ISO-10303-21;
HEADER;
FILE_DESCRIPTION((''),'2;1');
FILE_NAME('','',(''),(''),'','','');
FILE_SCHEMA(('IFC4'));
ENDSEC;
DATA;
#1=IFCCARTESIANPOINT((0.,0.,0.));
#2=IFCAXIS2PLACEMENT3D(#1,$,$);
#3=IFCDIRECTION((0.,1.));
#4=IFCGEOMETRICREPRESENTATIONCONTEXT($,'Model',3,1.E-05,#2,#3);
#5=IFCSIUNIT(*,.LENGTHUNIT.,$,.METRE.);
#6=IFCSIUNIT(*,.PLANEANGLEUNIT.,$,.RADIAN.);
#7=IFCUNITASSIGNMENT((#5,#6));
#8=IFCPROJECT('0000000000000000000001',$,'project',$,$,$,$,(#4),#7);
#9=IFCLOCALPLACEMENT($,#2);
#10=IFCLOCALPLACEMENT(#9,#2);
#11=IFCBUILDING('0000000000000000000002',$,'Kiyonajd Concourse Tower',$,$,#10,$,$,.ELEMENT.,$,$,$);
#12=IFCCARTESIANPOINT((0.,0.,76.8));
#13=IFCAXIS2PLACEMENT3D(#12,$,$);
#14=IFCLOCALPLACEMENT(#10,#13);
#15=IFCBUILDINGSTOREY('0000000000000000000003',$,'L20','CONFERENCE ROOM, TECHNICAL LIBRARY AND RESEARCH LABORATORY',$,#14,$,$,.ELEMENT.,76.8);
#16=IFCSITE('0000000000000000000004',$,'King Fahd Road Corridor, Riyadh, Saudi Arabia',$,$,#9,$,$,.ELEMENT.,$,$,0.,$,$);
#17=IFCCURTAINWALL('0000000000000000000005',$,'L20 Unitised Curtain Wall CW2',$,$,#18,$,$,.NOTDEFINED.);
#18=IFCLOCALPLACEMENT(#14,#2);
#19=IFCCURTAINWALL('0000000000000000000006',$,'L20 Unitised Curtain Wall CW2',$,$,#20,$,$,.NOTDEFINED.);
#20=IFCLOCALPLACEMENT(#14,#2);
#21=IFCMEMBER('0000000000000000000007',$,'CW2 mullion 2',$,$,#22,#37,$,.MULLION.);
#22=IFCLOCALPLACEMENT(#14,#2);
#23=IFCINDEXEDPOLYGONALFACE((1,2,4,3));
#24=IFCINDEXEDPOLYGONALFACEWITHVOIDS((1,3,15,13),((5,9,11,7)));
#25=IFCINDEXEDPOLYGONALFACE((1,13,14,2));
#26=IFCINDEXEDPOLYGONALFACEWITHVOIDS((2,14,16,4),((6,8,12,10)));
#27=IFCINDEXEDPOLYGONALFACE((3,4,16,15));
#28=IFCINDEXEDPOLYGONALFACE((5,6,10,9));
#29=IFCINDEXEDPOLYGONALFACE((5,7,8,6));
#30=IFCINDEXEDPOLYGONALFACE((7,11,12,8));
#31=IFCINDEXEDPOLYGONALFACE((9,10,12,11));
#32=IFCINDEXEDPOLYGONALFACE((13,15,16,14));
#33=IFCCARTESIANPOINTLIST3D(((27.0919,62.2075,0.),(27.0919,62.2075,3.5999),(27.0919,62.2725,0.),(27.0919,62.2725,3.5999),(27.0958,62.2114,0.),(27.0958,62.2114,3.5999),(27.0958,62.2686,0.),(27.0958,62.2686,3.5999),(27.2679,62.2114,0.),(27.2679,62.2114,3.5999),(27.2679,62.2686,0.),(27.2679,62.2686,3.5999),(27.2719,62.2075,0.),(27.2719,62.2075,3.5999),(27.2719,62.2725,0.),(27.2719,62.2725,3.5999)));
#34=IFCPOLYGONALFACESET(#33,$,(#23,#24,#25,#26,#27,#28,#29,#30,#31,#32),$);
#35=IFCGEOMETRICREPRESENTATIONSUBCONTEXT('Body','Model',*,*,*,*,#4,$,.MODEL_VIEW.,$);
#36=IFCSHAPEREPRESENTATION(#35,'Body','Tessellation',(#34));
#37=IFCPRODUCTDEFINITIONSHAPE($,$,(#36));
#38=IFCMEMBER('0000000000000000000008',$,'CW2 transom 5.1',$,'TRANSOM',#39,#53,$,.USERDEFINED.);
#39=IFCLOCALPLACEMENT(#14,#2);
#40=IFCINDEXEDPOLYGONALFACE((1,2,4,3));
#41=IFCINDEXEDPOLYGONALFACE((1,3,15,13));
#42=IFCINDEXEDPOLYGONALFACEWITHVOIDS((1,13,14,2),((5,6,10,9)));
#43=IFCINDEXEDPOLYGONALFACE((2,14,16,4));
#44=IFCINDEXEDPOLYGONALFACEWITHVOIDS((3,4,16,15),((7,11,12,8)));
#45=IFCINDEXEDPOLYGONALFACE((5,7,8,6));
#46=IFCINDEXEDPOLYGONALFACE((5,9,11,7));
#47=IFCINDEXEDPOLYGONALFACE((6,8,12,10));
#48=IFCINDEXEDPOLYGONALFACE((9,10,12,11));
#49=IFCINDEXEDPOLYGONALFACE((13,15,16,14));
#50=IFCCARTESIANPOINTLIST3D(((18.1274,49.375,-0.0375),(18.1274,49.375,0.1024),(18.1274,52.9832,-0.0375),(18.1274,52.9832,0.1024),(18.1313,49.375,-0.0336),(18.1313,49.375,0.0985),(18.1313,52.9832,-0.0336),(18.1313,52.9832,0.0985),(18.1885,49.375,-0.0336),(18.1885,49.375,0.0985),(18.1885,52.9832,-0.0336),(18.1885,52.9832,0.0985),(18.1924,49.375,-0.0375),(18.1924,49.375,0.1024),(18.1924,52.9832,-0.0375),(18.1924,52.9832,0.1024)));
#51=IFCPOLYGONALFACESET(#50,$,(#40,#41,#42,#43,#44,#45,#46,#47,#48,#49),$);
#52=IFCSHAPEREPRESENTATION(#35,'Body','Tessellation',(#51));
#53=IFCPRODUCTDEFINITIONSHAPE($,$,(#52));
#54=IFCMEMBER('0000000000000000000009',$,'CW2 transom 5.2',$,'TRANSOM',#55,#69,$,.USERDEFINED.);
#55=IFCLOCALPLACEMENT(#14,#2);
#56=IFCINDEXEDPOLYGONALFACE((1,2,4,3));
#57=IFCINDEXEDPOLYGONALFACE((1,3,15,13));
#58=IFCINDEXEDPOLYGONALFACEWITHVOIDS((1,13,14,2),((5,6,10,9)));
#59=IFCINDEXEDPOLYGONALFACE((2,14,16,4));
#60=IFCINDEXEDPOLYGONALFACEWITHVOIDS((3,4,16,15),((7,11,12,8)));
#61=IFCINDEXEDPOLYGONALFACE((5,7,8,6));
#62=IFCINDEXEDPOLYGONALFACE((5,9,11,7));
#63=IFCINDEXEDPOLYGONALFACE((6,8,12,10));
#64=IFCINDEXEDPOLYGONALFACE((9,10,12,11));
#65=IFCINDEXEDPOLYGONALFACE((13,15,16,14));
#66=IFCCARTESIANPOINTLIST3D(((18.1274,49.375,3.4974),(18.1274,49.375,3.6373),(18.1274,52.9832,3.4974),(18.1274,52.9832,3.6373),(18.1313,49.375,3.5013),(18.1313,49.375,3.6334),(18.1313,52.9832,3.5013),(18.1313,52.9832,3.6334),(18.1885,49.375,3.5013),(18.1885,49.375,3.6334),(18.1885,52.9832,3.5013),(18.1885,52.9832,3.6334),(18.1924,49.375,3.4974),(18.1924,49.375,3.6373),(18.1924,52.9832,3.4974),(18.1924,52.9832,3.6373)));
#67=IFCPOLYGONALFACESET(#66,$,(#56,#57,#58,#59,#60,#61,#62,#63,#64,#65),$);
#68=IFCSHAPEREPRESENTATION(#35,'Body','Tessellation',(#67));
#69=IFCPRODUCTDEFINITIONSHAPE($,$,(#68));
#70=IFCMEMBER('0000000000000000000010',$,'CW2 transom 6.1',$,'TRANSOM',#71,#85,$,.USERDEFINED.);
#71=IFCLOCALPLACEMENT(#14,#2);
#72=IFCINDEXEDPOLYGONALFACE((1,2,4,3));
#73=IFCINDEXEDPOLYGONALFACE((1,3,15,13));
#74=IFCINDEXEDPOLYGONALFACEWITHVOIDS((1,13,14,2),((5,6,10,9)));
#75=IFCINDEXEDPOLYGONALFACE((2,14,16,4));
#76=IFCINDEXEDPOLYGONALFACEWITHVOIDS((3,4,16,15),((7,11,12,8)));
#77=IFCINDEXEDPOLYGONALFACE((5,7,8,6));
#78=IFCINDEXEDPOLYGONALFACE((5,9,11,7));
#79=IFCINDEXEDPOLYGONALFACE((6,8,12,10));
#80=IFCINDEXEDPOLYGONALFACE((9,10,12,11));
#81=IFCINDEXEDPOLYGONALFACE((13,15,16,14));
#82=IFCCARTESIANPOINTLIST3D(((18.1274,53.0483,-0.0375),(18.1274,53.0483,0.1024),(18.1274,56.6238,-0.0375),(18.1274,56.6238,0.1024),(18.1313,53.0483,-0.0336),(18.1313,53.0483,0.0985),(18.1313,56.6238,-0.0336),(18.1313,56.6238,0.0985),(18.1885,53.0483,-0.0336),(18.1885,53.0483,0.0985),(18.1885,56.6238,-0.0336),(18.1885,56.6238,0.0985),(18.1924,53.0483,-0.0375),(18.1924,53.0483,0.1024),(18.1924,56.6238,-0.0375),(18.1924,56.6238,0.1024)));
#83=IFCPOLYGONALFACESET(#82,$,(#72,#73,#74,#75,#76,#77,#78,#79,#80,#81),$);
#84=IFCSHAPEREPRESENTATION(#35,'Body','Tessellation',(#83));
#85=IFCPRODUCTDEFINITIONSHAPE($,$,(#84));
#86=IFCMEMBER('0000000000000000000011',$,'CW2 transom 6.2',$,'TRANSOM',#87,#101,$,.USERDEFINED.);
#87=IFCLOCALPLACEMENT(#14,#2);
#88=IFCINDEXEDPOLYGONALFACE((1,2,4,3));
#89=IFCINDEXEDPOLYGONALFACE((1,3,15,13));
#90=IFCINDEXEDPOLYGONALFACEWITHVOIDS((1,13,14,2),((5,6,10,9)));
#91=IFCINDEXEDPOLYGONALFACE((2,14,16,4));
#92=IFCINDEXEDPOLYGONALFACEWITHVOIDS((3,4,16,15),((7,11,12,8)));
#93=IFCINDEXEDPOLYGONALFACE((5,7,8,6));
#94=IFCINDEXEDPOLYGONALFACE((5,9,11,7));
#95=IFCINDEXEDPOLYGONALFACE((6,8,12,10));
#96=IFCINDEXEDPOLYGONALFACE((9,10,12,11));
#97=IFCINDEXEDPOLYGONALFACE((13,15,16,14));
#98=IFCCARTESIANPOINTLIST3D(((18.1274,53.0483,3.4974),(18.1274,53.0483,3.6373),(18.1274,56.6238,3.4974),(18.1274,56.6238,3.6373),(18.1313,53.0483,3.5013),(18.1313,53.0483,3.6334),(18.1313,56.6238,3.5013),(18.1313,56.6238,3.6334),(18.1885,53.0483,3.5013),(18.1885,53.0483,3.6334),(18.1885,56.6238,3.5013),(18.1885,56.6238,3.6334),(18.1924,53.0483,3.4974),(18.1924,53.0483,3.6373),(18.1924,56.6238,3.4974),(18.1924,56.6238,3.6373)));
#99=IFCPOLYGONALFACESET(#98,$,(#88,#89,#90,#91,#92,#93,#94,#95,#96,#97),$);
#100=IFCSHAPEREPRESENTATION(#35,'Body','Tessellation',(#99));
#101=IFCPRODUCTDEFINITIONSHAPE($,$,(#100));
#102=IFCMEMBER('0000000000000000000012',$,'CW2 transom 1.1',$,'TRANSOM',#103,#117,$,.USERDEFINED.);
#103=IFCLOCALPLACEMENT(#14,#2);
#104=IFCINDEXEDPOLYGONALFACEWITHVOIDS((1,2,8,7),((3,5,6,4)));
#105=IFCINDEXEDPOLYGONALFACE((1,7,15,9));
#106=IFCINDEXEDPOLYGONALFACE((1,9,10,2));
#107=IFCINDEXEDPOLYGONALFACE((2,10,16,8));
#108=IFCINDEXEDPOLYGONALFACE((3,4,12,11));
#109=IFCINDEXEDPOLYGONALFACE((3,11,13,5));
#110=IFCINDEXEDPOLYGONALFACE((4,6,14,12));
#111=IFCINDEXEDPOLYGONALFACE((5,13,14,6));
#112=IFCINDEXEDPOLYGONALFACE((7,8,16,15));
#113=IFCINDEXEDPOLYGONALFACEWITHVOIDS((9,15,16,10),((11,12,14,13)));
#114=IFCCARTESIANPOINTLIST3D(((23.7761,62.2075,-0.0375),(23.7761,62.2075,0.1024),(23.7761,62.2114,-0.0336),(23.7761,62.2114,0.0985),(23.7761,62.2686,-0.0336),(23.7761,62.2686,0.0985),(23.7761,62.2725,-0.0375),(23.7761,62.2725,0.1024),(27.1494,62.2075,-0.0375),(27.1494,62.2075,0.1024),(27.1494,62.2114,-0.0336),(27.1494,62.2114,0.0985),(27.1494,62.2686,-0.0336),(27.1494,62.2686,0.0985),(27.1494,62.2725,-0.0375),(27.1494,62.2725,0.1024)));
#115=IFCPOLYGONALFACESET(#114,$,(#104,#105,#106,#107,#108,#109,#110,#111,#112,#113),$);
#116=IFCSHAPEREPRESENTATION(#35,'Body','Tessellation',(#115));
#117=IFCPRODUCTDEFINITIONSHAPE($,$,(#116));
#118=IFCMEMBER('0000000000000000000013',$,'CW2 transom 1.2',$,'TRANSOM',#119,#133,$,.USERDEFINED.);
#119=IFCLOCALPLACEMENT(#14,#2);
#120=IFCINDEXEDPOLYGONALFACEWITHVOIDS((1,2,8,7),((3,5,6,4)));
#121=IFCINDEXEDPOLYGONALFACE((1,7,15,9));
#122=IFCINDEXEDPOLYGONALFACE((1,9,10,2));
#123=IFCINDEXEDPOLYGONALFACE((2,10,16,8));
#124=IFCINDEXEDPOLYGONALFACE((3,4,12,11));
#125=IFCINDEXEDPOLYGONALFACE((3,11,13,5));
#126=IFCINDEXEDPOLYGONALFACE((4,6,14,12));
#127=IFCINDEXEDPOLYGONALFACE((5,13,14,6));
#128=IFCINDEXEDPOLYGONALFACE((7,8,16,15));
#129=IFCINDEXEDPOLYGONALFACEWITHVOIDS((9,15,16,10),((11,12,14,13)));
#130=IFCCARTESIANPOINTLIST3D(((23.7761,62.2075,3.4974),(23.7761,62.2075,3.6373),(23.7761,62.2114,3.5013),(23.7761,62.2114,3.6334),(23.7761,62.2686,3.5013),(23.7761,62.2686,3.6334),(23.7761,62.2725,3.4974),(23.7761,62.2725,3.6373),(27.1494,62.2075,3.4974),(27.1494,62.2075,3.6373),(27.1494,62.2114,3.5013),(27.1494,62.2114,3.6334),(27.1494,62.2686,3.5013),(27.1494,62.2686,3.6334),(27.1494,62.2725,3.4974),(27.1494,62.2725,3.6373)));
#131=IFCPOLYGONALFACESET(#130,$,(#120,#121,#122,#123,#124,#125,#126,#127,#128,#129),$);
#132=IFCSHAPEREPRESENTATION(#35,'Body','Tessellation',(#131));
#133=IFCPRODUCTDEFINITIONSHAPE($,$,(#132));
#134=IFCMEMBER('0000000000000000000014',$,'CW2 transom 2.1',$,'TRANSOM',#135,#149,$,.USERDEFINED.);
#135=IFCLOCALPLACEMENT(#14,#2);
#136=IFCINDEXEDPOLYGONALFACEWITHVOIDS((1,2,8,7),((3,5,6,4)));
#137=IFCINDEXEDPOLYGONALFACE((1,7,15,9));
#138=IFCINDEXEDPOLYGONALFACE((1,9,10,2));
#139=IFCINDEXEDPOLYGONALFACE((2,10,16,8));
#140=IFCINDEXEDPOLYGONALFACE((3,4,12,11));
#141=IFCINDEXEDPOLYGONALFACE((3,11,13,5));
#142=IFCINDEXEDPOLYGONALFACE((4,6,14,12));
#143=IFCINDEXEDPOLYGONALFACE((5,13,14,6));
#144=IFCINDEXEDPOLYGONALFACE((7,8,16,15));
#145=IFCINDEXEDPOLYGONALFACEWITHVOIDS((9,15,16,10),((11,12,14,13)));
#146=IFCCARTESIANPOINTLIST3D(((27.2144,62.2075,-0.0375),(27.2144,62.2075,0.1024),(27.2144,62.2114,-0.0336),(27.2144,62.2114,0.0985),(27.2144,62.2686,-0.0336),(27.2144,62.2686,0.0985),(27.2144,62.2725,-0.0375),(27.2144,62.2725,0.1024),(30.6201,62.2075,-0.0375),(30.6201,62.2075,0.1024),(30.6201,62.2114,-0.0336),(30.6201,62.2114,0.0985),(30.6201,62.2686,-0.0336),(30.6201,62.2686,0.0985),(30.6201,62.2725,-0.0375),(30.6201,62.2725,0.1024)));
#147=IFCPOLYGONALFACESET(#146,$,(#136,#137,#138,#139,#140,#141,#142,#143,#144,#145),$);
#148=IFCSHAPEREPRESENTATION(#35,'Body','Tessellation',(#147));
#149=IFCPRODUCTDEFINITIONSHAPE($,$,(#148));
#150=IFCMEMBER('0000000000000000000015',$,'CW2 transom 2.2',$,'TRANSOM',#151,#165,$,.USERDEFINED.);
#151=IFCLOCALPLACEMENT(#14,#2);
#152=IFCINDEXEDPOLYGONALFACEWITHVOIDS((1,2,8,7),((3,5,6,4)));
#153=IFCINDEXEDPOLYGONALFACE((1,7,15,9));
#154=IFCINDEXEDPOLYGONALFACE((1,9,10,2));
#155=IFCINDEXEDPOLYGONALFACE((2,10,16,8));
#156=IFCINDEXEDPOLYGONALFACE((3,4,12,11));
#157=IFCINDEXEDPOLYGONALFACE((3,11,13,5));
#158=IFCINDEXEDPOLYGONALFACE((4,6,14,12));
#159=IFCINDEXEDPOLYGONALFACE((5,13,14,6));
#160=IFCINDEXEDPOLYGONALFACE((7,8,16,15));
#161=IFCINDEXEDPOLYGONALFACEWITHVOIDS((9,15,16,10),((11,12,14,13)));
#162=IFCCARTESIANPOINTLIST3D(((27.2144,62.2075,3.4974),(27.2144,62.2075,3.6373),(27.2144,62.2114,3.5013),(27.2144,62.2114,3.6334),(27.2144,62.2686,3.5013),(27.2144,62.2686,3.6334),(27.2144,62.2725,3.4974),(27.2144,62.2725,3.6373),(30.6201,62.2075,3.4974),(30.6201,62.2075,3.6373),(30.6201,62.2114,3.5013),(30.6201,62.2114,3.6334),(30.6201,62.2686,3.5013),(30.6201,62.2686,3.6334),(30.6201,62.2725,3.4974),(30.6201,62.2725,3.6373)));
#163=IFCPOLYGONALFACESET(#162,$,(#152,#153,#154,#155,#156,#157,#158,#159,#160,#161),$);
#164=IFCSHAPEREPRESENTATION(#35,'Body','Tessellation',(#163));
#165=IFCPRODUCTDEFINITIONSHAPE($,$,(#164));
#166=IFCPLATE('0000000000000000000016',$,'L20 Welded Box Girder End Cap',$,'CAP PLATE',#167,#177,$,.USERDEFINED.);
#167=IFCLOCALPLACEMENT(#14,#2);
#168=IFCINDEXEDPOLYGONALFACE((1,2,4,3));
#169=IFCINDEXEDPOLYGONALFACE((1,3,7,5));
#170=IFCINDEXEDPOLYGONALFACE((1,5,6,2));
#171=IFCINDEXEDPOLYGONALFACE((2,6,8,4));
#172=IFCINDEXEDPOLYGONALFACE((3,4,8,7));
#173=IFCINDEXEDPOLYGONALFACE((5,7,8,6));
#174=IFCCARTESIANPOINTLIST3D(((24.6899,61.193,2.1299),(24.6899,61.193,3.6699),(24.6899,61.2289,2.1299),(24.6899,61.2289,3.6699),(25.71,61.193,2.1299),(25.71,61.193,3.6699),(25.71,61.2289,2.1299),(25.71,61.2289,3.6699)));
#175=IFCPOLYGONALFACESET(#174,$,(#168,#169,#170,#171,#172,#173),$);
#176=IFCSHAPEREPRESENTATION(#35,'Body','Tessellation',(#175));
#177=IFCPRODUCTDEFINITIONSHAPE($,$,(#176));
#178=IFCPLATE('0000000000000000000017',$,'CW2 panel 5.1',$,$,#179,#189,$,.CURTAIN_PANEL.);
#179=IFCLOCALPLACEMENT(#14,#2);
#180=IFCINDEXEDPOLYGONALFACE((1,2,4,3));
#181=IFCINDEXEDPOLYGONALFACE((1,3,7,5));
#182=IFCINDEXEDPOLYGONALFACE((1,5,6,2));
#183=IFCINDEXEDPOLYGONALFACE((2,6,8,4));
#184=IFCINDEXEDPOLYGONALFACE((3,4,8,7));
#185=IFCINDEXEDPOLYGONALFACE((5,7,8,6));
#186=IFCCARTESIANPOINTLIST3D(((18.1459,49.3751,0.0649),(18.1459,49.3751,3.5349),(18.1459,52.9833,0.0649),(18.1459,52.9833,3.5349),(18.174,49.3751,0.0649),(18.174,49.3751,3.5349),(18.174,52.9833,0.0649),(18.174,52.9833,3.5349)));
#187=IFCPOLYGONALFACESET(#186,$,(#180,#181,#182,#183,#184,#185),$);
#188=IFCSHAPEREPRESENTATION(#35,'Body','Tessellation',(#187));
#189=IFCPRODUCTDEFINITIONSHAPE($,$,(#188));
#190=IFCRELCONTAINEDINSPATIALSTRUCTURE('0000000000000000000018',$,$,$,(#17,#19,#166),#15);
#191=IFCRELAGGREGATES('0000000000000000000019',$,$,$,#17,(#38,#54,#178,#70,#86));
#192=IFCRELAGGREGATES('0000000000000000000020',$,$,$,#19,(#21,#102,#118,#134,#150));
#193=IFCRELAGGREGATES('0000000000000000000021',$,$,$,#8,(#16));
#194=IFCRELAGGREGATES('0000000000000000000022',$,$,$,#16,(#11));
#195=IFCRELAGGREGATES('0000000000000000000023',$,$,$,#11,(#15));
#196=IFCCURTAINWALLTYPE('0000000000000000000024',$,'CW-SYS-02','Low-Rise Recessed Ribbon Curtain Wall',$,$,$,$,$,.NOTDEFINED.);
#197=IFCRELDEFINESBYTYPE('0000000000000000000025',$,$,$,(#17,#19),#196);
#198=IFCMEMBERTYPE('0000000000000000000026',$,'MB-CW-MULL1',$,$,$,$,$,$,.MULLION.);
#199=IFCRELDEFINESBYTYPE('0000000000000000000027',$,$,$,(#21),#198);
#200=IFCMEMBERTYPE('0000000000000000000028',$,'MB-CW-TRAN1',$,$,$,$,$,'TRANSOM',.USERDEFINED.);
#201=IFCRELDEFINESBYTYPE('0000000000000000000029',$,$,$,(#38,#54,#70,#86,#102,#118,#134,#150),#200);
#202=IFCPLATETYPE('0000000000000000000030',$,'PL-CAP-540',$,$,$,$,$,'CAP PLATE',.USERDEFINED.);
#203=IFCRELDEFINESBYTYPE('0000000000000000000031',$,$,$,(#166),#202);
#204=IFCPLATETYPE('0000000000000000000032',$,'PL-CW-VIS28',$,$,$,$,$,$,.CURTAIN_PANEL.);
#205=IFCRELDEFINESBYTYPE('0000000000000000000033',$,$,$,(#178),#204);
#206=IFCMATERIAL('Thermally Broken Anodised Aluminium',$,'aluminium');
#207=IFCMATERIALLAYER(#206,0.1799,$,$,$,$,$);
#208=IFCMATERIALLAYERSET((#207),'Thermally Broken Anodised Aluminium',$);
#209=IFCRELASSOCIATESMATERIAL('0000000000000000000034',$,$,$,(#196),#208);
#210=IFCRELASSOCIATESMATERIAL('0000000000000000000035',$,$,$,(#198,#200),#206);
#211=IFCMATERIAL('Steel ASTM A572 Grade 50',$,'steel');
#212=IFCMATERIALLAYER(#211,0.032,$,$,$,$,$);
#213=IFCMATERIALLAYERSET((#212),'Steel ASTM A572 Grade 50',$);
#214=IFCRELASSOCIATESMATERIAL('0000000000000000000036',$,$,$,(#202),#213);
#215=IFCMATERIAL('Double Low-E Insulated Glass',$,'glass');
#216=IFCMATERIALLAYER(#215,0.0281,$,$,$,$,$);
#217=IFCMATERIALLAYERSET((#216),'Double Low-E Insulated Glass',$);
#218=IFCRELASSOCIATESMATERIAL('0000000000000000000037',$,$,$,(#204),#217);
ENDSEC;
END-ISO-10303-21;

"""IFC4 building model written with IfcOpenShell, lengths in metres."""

from ifc_helpers import new_model, si_unit, direction, frame, origin, origin_2d, place, context, subcontext, project, spatial, rectangle, hollow_rectangle, extrude, material, layer, layer_set, material_profile, profile_set, type_object, element, aggregate, save


model = new_model("IFC4")

# Units and contexts
model_context = context("Model", 3, precision=1e-05, world=origin(), true_north=direction((0.0, 1.0)))
body_context = subcontext(model_context, "Body", "Model", "MODEL_VIEW")
ifc_project = project(units=[si_unit("LENGTHUNIT", "METRE"), si_unit("PLANEANGLEUNIT", "RADIAN")], contexts=[model_context])

# Site, building, storey
site_placement = place(None, origin())
site = spatial("IfcSite", under=ifc_project, at=site_placement, Name="King Fahd Road Corridor, Riyadh, Saudi Arabia", CompositionType="ELEMENT", RefElevation=0.0)
building_placement = place(site_placement, origin())
building = spatial("IfcBuilding", under=site, at=building_placement, Name="Kiyonajd Concourse Tower", CompositionType="ELEMENT")
storey_placement = place(building_placement, frame((0.0, 0.0, 76.8)))
storey = spatial("IfcBuildingStorey", under=building, at=storey_placement, Name="L20", Description="CONFERENCE ROOM, TECHNICAL LIBRARY AND RESEARCH LABORATORY", CompositionType="ELEMENT", Elevation=76.8)

# Curtain walls, member
ifc_material_1 = material(Name="Thermally Broken Anodised Aluminium", Category="aluminium")
ifc_layer_1 = layer(ifc_material_1, 0.1799)
ifc_layer_set_1 = layer_set([ifc_layer_1], Name="Thermally Broken Anodised Aluminium")
curtain_wall_type = type_object("IfcCurtainWallType", Name="CW-SYS-02", Description="Low-Rise Recessed Ribbon Curtain Wall", PredefinedType="NOTDEFINED", material=ifc_layer_set_1)
curtain_wall_1_placement = place(storey_placement, origin())
curtain_wall_1 = element("IfcCurtainWall", 1, at=curtain_wall_1_placement, inside=storey, type_object=curtain_wall_type, Name="L20 Unitised Curtain Wall CW2", PredefinedType="NOTDEFINED")
ifc_material_profile_1 = material_profile(ifc_material_1, hollow_rectangle(XDim=0.0649, YDim=0.1799, WallThickness=0.0039, at=origin_2d()), Name="MULL-65x180")
ifc_profile_set_1 = profile_set([ifc_material_profile_1], Name="Thermally Broken Anodised Aluminium")
member_type_1 = type_object("IfcMemberType", Name="MB-CW-MULL1", PredefinedType="MULLION", material=ifc_profile_set_1)
curtain_wall_2_placement = place(storey_placement, origin())
curtain_wall_2 = element("IfcCurtainWall", 2, at=curtain_wall_2_placement, inside=storey, type_object=curtain_wall_type, Name="L20 Unitised Curtain Wall CW2", PredefinedType="NOTDEFINED")
member_1_placement = place(storey_placement, frame((27.1819, 62.24, 0.0), z_axis=(0.0, 0.0, 1.0), x_axis=(0.0, 1.0, 0.0)))
member_1 = element("IfcMember", 3, at=member_1_placement, type_object=member_type_1, Name="CW2 mullion 2", PredefinedType="MULLION", context=body_context, shape_type="SweptSolid", body=[
    extrude(hollow_rectangle(XDim=0.0649, YDim=0.1799, WallThickness=0.0039, at=origin_2d()), origin(), (0.0, 0.0, 1.0), 3.5999),
])

# Members
ifc_material_profile_2 = material_profile(ifc_material_1, hollow_rectangle(XDim=0.0649, YDim=0.1399, WallThickness=0.0039, at=origin_2d()), Name="TRAN-65x140")
ifc_profile_set_2 = profile_set([ifc_material_profile_2], Name="Thermally Broken Anodised Aluminium")
member_type_2 = type_object("IfcMemberType", Name="MB-CW-TRAN1", ElementType="TRANSOM", PredefinedType="USERDEFINED", material=ifc_profile_set_2)
member_2_placement = place(storey_placement, frame((18.1599, 49.375, 0.0325), z_axis=(0.0, 1.0, 0.0), x_axis=(-1.0, 0.0, 0.0)))
member_2 = element("IfcMember", 4, at=member_2_placement, type_object=member_type_2, Name="CW2 transom 5.1", ObjectType="TRANSOM", PredefinedType="USERDEFINED", context=body_context, shape_type="SweptSolid", body=[
    extrude(hollow_rectangle(XDim=0.0649, YDim=0.1399, WallThickness=0.0039, at=origin_2d()), origin(), (0.0, 0.0, 1.0), 3.6082),
])
member_3_placement = place(storey_placement, frame((18.1599, 49.375, 3.5674), z_axis=(0.0, 1.0, 0.0), x_axis=(-1.0, 0.0, 0.0)))
member_3 = element("IfcMember", 5, at=member_3_placement, type_object=member_type_2, Name="CW2 transom 5.2", ObjectType="TRANSOM", PredefinedType="USERDEFINED", context=body_context, shape_type="SweptSolid", body=[
    extrude(hollow_rectangle(XDim=0.0649, YDim=0.1399, WallThickness=0.0039, at=origin_2d()), origin(), (0.0, 0.0, 1.0), 3.6082),
])
member_4_placement = place(storey_placement, frame((18.1599, 53.0483, 0.0325), z_axis=(0.0, 1.0, 0.0), x_axis=(-1.0, 0.0, 0.0)))
member_4 = element("IfcMember", 6, at=member_4_placement, type_object=member_type_2, Name="CW2 transom 6.1", ObjectType="TRANSOM", PredefinedType="USERDEFINED", context=body_context, shape_type="SweptSolid", body=[
    extrude(hollow_rectangle(XDim=0.0649, YDim=0.1399, WallThickness=0.0039, at=origin_2d()), origin(), (0.0, 0.0, 1.0), 3.5754),
])
member_5_placement = place(storey_placement, frame((18.1599, 53.0483, 3.5674), z_axis=(0.0, 1.0, 0.0), x_axis=(-1.0, 0.0, 0.0)))
member_5 = element("IfcMember", 7, at=member_5_placement, type_object=member_type_2, Name="CW2 transom 6.2", ObjectType="TRANSOM", PredefinedType="USERDEFINED", context=body_context, shape_type="SweptSolid", body=[
    extrude(hollow_rectangle(XDim=0.0649, YDim=0.1399, WallThickness=0.0039, at=origin_2d()), origin(), (0.0, 0.0, 1.0), 3.5754),
])
member_6_placement = place(storey_placement, frame((23.7761, 62.24, 0.0325), z_axis=(1.0, 0.0, 0.0), x_axis=(0.0, 1.0, 0.0)))
member_6 = element("IfcMember", 8, at=member_6_placement, type_object=member_type_2, Name="CW2 transom 1.1", ObjectType="TRANSOM", PredefinedType="USERDEFINED", context=body_context, shape_type="SweptSolid", body=[
    extrude(hollow_rectangle(XDim=0.0649, YDim=0.1399, WallThickness=0.0039, at=origin_2d()), origin(), (0.0, 0.0, 1.0), 3.3733),
])
member_7_placement = place(storey_placement, frame((23.7761, 62.24, 3.5674), z_axis=(1.0, 0.0, 0.0), x_axis=(0.0, 1.0, 0.0)))
member_7 = element("IfcMember", 9, at=member_7_placement, type_object=member_type_2, Name="CW2 transom 1.2", ObjectType="TRANSOM", PredefinedType="USERDEFINED", context=body_context, shape_type="SweptSolid", body=[
    extrude(hollow_rectangle(XDim=0.0649, YDim=0.1399, WallThickness=0.0039, at=origin_2d()), origin(), (0.0, 0.0, 1.0), 3.3733),
])
member_8_placement = place(storey_placement, frame((27.2144, 62.24, 0.0325), z_axis=(1.0, 0.0, 0.0), x_axis=(0.0, 1.0, 0.0)))
member_8 = element("IfcMember", 10, at=member_8_placement, type_object=member_type_2, Name="CW2 transom 2.1", ObjectType="TRANSOM", PredefinedType="USERDEFINED", context=body_context, shape_type="SweptSolid", body=[
    extrude(hollow_rectangle(XDim=0.0649, YDim=0.1399, WallThickness=0.0039, at=origin_2d()), origin(), (0.0, 0.0, 1.0), 3.4058),
])
member_9_placement = place(storey_placement, frame((27.2144, 62.24, 3.5674), z_axis=(1.0, 0.0, 0.0), x_axis=(0.0, 1.0, 0.0)))
member_9 = element("IfcMember", 11, at=member_9_placement, type_object=member_type_2, Name="CW2 transom 2.2", ObjectType="TRANSOM", PredefinedType="USERDEFINED", context=body_context, shape_type="SweptSolid", body=[
    extrude(hollow_rectangle(XDim=0.0649, YDim=0.1399, WallThickness=0.0039, at=origin_2d()), origin(), (0.0, 0.0, 1.0), 3.4058),
])

# Plates
ifc_material_2 = material(Name="Steel ASTM A572 Grade 50", Category="steel")
ifc_layer_2 = layer(ifc_material_2, 0.032)
ifc_layer_set_2 = layer_set([ifc_layer_2], Name="Steel ASTM A572 Grade 50")
plate_type_1 = type_object("IfcPlateType", Name="PL-CAP-540", ElementType="CAP PLATE", PredefinedType="USERDEFINED", material=ifc_layer_set_2)
plate_1_placement = place(storey_placement, frame((25.2, 61.2109, 2.1299), z_axis=(0.0, 0.0, 1.0), x_axis=(0.0, 1.0, 0.0)))
element("IfcPlate", 12, at=plate_1_placement, inside=storey, type_object=plate_type_1, Name="L20 Welded Box Girder End Cap", ObjectType="CAP PLATE", PredefinedType="USERDEFINED", context=body_context, shape_type="SweptSolid", body=[
    extrude(rectangle(XDim=0.0359, YDim=1.02, at=origin_2d()), origin(), (0.0, 0.0, 1.0), 1.54),
])
ifc_material_3 = material(Name="Double Low-E Insulated Glass", Category="glass")
ifc_layer_3 = layer(ifc_material_3, 0.0281)
ifc_layer_set_3 = layer_set([ifc_layer_3], Name="Double Low-E Insulated Glass")
plate_type_2 = type_object("IfcPlateType", Name="PL-CW-VIS28", PredefinedType="CURTAIN_PANEL", material=ifc_layer_set_3)
plate_2_placement = place(storey_placement, frame((18.1599, 51.1792, 0.0649), z_axis=(0.0, 0.0, 1.0), x_axis=(0.0, 1.0, 0.0)))
plate_2 = element("IfcPlate", 13, at=plate_2_placement, type_object=plate_type_2, Name="CW2 panel 5.1", PredefinedType="CURTAIN_PANEL", context=body_context, shape_type="SweptSolid", body=[
    extrude(rectangle(XDim=3.6082, YDim=0.0281, at=origin_2d()), origin(), (0.0, 0.0, 1.0), 3.47),
])
aggregate(curtain_wall_1, [member_2, member_3, plate_2, member_4, member_5])
aggregate(curtain_wall_2, [member_1, member_6, member_7, member_8, member_9])

save(model, "model.ifc")
